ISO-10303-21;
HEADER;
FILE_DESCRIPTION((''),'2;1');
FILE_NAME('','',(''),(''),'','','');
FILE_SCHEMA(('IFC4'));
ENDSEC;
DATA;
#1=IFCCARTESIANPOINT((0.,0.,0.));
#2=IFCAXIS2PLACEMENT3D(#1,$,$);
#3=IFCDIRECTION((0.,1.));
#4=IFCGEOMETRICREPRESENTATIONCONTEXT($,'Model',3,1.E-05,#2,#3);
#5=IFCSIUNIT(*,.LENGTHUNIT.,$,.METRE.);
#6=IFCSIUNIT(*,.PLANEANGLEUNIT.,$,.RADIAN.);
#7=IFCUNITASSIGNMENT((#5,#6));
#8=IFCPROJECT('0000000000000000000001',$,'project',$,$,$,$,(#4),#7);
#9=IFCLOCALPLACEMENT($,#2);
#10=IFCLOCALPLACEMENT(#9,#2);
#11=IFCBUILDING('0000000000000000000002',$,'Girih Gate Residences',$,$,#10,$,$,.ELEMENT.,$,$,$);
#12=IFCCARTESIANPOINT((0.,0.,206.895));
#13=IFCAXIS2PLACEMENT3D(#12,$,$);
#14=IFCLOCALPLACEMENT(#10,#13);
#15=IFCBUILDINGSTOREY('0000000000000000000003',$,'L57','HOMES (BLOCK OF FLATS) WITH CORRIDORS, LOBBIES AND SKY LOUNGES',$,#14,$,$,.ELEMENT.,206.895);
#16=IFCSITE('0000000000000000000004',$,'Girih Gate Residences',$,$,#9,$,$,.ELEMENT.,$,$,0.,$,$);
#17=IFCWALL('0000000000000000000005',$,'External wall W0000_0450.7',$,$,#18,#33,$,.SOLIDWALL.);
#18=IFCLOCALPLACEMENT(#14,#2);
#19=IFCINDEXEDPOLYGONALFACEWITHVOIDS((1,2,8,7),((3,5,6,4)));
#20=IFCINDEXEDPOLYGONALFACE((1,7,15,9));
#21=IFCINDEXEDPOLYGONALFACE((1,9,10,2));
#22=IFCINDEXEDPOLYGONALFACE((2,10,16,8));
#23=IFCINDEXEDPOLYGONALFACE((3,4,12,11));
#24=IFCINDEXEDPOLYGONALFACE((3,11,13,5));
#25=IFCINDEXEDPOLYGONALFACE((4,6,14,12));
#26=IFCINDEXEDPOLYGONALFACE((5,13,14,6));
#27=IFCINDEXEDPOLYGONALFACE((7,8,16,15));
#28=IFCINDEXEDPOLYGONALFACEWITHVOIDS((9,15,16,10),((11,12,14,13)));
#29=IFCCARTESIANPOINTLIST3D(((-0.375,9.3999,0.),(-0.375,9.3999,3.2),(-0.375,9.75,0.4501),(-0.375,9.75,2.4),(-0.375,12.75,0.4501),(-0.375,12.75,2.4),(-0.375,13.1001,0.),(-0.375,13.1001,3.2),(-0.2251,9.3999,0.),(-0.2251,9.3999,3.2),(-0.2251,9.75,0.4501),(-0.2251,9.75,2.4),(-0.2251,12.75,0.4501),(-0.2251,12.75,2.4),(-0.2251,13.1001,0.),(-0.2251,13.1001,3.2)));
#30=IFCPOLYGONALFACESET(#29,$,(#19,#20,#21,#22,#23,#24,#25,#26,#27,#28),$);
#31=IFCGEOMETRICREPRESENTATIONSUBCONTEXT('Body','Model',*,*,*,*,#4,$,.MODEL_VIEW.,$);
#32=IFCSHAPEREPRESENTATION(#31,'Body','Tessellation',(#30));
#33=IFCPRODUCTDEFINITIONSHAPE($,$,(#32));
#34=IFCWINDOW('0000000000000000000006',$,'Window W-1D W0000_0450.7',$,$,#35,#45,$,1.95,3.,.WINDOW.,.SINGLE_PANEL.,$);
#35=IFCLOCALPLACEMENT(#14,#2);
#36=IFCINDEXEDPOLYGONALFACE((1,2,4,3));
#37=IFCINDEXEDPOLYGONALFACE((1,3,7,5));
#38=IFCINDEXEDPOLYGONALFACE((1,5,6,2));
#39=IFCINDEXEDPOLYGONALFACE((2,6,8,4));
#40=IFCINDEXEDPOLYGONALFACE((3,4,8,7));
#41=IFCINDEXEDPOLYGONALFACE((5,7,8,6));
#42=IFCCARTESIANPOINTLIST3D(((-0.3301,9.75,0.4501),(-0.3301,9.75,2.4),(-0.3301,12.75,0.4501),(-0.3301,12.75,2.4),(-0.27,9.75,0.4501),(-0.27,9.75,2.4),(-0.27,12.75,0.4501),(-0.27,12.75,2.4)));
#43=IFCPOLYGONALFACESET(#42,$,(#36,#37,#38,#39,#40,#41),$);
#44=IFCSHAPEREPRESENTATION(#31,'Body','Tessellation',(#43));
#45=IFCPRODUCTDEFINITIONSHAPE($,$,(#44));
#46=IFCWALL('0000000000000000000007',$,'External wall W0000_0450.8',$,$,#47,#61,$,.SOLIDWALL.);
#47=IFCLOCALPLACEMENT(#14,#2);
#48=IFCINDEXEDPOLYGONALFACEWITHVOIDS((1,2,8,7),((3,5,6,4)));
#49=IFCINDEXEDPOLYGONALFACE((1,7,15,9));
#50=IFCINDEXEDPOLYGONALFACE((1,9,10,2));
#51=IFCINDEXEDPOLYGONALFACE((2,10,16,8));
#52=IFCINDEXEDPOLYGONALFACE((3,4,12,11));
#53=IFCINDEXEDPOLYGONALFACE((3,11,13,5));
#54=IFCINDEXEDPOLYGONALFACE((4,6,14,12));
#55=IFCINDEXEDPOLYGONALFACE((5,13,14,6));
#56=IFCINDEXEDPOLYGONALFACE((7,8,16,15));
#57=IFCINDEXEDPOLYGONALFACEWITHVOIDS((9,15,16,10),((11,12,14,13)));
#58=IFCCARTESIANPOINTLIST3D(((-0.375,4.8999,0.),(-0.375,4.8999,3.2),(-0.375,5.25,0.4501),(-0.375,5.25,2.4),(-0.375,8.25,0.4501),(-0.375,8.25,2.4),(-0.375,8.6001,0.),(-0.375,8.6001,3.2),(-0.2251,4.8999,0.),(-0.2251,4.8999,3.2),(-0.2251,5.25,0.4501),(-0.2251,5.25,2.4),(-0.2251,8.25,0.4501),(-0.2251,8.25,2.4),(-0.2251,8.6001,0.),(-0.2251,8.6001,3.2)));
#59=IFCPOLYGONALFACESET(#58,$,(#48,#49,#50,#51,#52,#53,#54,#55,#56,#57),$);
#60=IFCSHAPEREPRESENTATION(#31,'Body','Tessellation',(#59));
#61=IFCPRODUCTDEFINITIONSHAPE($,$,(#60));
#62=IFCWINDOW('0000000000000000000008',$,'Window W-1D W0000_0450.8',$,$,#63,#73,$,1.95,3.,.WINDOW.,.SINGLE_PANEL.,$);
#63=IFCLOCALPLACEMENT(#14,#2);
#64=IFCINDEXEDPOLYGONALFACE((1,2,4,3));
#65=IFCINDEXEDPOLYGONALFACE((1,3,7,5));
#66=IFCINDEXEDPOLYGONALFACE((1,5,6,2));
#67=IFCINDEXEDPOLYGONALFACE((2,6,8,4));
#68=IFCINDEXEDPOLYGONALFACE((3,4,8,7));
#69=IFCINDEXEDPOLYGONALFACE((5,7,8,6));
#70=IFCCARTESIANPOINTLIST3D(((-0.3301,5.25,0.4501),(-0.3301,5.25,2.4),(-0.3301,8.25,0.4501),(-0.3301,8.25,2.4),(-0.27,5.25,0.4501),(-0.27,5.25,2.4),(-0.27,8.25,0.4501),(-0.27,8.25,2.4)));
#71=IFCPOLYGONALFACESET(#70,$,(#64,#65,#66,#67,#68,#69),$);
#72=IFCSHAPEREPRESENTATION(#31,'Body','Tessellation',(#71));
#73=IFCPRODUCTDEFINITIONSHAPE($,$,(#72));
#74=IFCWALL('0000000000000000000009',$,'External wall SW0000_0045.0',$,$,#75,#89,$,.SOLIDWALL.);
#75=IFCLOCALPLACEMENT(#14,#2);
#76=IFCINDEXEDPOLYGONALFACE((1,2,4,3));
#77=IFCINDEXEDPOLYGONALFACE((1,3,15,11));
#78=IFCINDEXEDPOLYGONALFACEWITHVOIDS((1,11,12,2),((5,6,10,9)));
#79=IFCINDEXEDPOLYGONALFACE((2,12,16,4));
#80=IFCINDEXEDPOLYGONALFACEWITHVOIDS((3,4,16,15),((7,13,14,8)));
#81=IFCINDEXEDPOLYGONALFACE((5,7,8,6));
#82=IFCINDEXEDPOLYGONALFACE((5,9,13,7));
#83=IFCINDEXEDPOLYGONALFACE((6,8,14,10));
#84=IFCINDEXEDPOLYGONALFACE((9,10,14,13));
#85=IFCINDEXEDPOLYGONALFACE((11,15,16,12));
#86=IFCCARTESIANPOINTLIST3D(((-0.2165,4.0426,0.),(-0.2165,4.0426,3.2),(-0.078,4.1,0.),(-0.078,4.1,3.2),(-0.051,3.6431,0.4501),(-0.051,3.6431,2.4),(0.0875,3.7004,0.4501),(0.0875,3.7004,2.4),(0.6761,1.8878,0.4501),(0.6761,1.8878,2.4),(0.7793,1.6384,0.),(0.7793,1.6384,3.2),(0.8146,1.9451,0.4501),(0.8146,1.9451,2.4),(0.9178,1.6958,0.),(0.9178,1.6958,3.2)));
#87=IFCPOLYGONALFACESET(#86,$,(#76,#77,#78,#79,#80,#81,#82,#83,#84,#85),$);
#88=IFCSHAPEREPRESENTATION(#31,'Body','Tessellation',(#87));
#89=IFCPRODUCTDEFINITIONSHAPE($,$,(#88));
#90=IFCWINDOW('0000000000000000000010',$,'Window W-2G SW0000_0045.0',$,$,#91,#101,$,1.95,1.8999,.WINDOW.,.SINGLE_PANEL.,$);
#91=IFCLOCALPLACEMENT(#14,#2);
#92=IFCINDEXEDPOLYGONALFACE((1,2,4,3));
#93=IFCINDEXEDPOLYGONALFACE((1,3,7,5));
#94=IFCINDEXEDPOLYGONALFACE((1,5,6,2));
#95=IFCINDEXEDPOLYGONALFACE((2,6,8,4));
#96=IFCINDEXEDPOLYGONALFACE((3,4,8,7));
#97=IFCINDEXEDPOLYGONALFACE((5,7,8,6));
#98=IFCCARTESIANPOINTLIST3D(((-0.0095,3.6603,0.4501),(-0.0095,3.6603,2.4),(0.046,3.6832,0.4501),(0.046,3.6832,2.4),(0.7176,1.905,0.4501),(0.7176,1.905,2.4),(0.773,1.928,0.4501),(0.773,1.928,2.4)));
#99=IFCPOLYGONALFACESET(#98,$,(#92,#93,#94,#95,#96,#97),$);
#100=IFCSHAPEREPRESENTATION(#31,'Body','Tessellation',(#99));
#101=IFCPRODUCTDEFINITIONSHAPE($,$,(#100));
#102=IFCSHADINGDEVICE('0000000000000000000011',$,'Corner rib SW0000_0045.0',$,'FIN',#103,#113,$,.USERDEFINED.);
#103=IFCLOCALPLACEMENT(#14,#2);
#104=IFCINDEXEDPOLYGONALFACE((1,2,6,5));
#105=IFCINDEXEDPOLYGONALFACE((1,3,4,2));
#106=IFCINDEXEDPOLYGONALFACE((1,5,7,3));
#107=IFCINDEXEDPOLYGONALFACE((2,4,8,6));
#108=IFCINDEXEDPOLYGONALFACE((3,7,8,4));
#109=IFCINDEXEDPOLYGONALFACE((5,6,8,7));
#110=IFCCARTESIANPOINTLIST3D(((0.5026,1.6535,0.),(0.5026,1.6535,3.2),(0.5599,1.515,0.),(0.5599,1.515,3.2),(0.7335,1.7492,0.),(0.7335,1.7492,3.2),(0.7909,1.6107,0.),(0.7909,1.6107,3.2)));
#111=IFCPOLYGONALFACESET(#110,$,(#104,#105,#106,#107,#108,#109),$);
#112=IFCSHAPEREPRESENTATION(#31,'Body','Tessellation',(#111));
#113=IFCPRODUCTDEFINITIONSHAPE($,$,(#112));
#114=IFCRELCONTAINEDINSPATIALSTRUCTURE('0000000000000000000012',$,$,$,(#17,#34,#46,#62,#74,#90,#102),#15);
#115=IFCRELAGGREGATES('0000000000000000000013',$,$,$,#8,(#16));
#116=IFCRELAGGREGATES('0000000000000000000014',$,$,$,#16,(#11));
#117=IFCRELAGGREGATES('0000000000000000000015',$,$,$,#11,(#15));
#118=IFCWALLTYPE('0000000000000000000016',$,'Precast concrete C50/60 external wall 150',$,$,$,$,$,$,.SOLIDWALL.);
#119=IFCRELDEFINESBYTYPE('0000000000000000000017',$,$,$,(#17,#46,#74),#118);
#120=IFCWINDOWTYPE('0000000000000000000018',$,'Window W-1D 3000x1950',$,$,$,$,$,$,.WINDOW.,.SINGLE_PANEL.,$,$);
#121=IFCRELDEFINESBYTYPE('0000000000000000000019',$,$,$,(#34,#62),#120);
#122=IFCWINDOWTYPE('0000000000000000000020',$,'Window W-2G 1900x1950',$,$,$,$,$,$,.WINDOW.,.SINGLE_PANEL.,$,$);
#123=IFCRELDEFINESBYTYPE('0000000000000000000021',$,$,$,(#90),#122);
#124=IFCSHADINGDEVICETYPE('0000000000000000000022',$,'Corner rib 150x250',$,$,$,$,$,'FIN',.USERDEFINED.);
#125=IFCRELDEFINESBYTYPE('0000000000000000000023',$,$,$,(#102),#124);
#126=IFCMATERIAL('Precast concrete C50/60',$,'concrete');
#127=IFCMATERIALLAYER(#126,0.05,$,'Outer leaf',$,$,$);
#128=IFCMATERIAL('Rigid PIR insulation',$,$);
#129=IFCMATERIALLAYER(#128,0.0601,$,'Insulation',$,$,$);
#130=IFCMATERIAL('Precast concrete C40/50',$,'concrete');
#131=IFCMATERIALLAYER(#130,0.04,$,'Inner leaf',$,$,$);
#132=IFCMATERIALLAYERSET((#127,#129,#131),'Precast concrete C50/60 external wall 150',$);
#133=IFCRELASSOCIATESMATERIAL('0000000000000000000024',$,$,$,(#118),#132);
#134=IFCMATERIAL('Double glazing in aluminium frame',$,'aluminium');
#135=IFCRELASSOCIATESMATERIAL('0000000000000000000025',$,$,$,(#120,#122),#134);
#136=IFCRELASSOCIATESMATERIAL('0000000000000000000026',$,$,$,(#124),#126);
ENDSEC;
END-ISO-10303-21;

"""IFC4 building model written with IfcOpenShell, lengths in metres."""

from ifc_helpers import new_model, si_unit, direction, frame, frame_2d, origin, origin_2d, place, context, subcontext, project, spatial, rectangle, extrude, material, layer, layer_set, type_object, element, fill, save


model = new_model("IFC4")

# Units and contexts
model_context = context("Model", 3, precision=1e-05, world=origin(), true_north=direction((0.0, 1.0)))
body_context = subcontext(model_context, "Body", "Model", "MODEL_VIEW")
ifc_project = project(units=[si_unit("LENGTHUNIT", "METRE"), si_unit("PLANEANGLEUNIT", "RADIAN")], contexts=[model_context])

# Site, building, storey
site_placement = place(None, origin())
site = spatial("IfcSite", under=ifc_project, at=site_placement, Name="Girih Gate Residences", CompositionType="ELEMENT", RefElevation=0.0)
building_placement = place(site_placement, origin())
building = spatial("IfcBuilding", under=site, at=building_placement, Name="Girih Gate Residences", CompositionType="ELEMENT")
storey_placement = place(building_placement, frame((0.0, 0.0, 206.895)))
storey = spatial("IfcBuildingStorey", under=building, at=storey_placement, Name="L57", Description="HOMES (BLOCK OF FLATS) WITH CORRIDORS, LOBBIES AND SKY LOUNGES", CompositionType="ELEMENT", Elevation=206.895)

# Walls, openings, windows
ifc_material_1 = material(Name="Precast concrete C50/60", Category="concrete")
ifc_layer_1 = layer(ifc_material_1, 0.05, Name="Outer leaf")
ifc_material_2 = material(Name="Rigid PIR insulation")
ifc_layer_2 = layer(ifc_material_2, 0.0601, Name="Insulation")
ifc_material_3 = material(Name="Precast concrete C40/50", Category="concrete")
ifc_layer_3 = layer(ifc_material_3, 0.04, Name="Inner leaf")
ifc_layer_set_1 = layer_set([ifc_layer_1, ifc_layer_2, ifc_layer_3], Name="Precast concrete C50/60 external wall 150")
wall_type = type_object("IfcWallType", Name="Precast concrete C50/60 external wall 150", PredefinedType="SOLIDWALL", material=ifc_layer_set_1)
wall_1_placement = place(storey_placement, frame((-0.3, 9.3999, 0.0), z_axis=(0.0, 0.0, 1.0), x_axis=(0.0, 1.0, 0.0)))
wall_1 = element("IfcWall", 1, at=wall_1_placement, inside=storey, type_object=wall_type, Name="External wall W0000_0450.7", PredefinedType="SOLIDWALL", context=body_context, shape_type="SweptSolid", body=[
    extrude(rectangle(XDim=3.7002, YDim=0.1499, at=frame_2d((1.8501, 0.0))), origin(), (0.0, 0.0, 1.0), 3.2),
])
opening_1_placement = place(wall_1_placement, frame((0.3501, 0.0, 0.45)))
opening_1 = element("IfcOpeningElement", 2, at=opening_1_placement, cuts=wall_1, PredefinedType="OPENING", context=body_context, shape_type="SweptSolid", body=[
    extrude(rectangle(XDim=3.0, YDim=1.95, at=frame_2d((1.5, 0.9751))), frame((0.0, 0.085, 0.0), z_axis=(0.0, -1.0, 0.0), x_axis=(1.0, 0.0, 0.0)), (0.0, 0.0, 1.0), 0.1699),
])
ifc_material_4 = material(Name="Double glazing in aluminium frame", Category="aluminium")
window_type_1 = type_object("IfcWindowType", Name="Window W-1D 3000x1950", PartitioningType="SINGLE_PANEL", PredefinedType="WINDOW", material=ifc_material_4)
window_1_placement = place(opening_1_placement, origin())
window_1 = element("IfcWindow", 3, at=window_1_placement, inside=storey, type_object=window_type_1, Name="Window W-1D W0000_0450.7", OverallHeight=1.95, OverallWidth=3.0, PartitioningType="SINGLE_PANEL", PredefinedType="WINDOW", context=body_context, shape_type="SweptSolid", body=[
    extrude(rectangle(XDim=3.0, YDim=1.95, at=frame_2d((1.5, 0.9751))), frame((0.0, 0.03, 0.0), z_axis=(0.0, -1.0, 0.0), x_axis=(1.0, 0.0, 0.0)), (0.0, 0.0, 1.0), 0.0601),
])
fill(opening_1, window_1)
wall_2_placement = place(storey_placement, frame((-0.3, 4.8999, 0.0), z_axis=(0.0, 0.0, 1.0), x_axis=(0.0, 1.0, 0.0)))
wall_2 = element("IfcWall", 4, at=wall_2_placement, inside=storey, type_object=wall_type, Name="External wall W0000_0450.8", PredefinedType="SOLIDWALL", context=body_context, shape_type="SweptSolid", body=[
    extrude(rectangle(XDim=3.7002, YDim=0.1499, at=frame_2d((1.8501, 0.0))), origin(), (0.0, 0.0, 1.0), 3.2),
])
opening_2_placement = place(wall_2_placement, frame((0.3501, 0.0, 0.45)))
opening_2 = element("IfcOpeningElement", 5, at=opening_2_placement, cuts=wall_2, PredefinedType="OPENING", context=body_context, shape_type="SweptSolid", body=[
    extrude(rectangle(XDim=3.0, YDim=1.95, at=frame_2d((1.5, 0.9751))), frame((0.0, 0.085, 0.0), z_axis=(0.0, -1.0, 0.0), x_axis=(1.0, 0.0, 0.0)), (0.0, 0.0, 1.0), 0.1699),
])
window_2_placement = place(opening_2_placement, origin())
window_2 = element("IfcWindow", 6, at=window_2_placement, inside=storey, type_object=window_type_1, Name="Window W-1D W0000_0450.8", OverallHeight=1.95, OverallWidth=3.0, PartitioningType="SINGLE_PANEL", PredefinedType="WINDOW", context=body_context, shape_type="SweptSolid", body=[
    extrude(rectangle(XDim=3.0, YDim=1.95, at=frame_2d((1.5, 0.9751))), frame((0.0, 0.03, 0.0), z_axis=(0.0, -1.0, 0.0), x_axis=(1.0, 0.0, 0.0)), (0.0, 0.0, 1.0), 0.0601),
])
fill(opening_2, window_2)
wall_3_placement = place(storey_placement, frame((0.8486, 1.667, 0.0), z_axis=(0.0, 0.0, 1.0), x_axis=(-0.382669, 0.923885, 0.0)))
wall_3 = element("IfcWall", 7, at=wall_3_placement, inside=storey, type_object=wall_type, Name="External wall SW0000_0045.0", PredefinedType="SOLIDWALL", context=body_context, shape_type="SweptSolid", body=[
    extrude(rectangle(XDim=2.6023, YDim=0.1499, at=frame_2d((1.3013, 0.0))), origin(), (0.0, 0.0, 1.0), 3.2),
])
opening_3_placement = place(wall_3_placement, frame((0.27, 0.0, 0.45)))
opening_3 = element("IfcOpeningElement", 8, at=opening_3_placement, cuts=wall_3, PredefinedType="OPENING", context=body_context, shape_type="SweptSolid", body=[
    extrude(rectangle(XDim=1.8999, YDim=1.95, at=frame_2d((0.95, 0.9751))), frame((0.0, 0.085, 0.0), z_axis=(0.0, -1.0, 0.0), x_axis=(1.0, 0.0, 0.0)), (0.0, 0.0, 1.0), 0.1699),
])
window_type_2 = type_object("IfcWindowType", Name="Window W-2G 1900x1950", PartitioningType="SINGLE_PANEL", PredefinedType="WINDOW", material=ifc_material_4)
window_3_placement = place(opening_3_placement, origin())
window_3 = element("IfcWindow", 9, at=window_3_placement, inside=storey, type_object=window_type_2, Name="Window W-2G SW0000_0045.0", OverallHeight=1.95, OverallWidth=1.8999, PartitioningType="SINGLE_PANEL", PredefinedType="WINDOW", context=body_context, shape_type="SweptSolid", body=[
    extrude(rectangle(XDim=1.8999, YDim=1.95, at=frame_2d((0.95, 0.9751))), frame((0.0, 0.03, 0.0), z_axis=(0.0, -1.0, 0.0), x_axis=(1.0, 0.0, 0.0)), (0.0, 0.0, 1.0), 0.0601),
])
fill(opening_3, window_3)

# Shading device
shading_device_type = type_object("IfcShadingDeviceType", Name="Corner rib 150x250", ElementType="FIN", PredefinedType="USERDEFINED", material=ifc_material_1)
shading_device_placement = place(storey_placement, frame((0.6467, 1.6321, 0.0), z_axis=(0.0, 0.0, 1.0), x_axis=(0.382683, -0.92388, 0.0)))
element("IfcShadingDevice", 10, at=shading_device_placement, inside=storey, type_object=shading_device_type, Name="Corner rib SW0000_0045.0", ObjectType="FIN", PredefinedType="USERDEFINED", context=body_context, shape_type="SweptSolid", body=[
    extrude(rectangle(XDim=0.1499, YDim=0.25, at=origin_2d()), origin(), (0.0, 0.0, 1.0), 3.2),
])

save(model, "model.ifc")
